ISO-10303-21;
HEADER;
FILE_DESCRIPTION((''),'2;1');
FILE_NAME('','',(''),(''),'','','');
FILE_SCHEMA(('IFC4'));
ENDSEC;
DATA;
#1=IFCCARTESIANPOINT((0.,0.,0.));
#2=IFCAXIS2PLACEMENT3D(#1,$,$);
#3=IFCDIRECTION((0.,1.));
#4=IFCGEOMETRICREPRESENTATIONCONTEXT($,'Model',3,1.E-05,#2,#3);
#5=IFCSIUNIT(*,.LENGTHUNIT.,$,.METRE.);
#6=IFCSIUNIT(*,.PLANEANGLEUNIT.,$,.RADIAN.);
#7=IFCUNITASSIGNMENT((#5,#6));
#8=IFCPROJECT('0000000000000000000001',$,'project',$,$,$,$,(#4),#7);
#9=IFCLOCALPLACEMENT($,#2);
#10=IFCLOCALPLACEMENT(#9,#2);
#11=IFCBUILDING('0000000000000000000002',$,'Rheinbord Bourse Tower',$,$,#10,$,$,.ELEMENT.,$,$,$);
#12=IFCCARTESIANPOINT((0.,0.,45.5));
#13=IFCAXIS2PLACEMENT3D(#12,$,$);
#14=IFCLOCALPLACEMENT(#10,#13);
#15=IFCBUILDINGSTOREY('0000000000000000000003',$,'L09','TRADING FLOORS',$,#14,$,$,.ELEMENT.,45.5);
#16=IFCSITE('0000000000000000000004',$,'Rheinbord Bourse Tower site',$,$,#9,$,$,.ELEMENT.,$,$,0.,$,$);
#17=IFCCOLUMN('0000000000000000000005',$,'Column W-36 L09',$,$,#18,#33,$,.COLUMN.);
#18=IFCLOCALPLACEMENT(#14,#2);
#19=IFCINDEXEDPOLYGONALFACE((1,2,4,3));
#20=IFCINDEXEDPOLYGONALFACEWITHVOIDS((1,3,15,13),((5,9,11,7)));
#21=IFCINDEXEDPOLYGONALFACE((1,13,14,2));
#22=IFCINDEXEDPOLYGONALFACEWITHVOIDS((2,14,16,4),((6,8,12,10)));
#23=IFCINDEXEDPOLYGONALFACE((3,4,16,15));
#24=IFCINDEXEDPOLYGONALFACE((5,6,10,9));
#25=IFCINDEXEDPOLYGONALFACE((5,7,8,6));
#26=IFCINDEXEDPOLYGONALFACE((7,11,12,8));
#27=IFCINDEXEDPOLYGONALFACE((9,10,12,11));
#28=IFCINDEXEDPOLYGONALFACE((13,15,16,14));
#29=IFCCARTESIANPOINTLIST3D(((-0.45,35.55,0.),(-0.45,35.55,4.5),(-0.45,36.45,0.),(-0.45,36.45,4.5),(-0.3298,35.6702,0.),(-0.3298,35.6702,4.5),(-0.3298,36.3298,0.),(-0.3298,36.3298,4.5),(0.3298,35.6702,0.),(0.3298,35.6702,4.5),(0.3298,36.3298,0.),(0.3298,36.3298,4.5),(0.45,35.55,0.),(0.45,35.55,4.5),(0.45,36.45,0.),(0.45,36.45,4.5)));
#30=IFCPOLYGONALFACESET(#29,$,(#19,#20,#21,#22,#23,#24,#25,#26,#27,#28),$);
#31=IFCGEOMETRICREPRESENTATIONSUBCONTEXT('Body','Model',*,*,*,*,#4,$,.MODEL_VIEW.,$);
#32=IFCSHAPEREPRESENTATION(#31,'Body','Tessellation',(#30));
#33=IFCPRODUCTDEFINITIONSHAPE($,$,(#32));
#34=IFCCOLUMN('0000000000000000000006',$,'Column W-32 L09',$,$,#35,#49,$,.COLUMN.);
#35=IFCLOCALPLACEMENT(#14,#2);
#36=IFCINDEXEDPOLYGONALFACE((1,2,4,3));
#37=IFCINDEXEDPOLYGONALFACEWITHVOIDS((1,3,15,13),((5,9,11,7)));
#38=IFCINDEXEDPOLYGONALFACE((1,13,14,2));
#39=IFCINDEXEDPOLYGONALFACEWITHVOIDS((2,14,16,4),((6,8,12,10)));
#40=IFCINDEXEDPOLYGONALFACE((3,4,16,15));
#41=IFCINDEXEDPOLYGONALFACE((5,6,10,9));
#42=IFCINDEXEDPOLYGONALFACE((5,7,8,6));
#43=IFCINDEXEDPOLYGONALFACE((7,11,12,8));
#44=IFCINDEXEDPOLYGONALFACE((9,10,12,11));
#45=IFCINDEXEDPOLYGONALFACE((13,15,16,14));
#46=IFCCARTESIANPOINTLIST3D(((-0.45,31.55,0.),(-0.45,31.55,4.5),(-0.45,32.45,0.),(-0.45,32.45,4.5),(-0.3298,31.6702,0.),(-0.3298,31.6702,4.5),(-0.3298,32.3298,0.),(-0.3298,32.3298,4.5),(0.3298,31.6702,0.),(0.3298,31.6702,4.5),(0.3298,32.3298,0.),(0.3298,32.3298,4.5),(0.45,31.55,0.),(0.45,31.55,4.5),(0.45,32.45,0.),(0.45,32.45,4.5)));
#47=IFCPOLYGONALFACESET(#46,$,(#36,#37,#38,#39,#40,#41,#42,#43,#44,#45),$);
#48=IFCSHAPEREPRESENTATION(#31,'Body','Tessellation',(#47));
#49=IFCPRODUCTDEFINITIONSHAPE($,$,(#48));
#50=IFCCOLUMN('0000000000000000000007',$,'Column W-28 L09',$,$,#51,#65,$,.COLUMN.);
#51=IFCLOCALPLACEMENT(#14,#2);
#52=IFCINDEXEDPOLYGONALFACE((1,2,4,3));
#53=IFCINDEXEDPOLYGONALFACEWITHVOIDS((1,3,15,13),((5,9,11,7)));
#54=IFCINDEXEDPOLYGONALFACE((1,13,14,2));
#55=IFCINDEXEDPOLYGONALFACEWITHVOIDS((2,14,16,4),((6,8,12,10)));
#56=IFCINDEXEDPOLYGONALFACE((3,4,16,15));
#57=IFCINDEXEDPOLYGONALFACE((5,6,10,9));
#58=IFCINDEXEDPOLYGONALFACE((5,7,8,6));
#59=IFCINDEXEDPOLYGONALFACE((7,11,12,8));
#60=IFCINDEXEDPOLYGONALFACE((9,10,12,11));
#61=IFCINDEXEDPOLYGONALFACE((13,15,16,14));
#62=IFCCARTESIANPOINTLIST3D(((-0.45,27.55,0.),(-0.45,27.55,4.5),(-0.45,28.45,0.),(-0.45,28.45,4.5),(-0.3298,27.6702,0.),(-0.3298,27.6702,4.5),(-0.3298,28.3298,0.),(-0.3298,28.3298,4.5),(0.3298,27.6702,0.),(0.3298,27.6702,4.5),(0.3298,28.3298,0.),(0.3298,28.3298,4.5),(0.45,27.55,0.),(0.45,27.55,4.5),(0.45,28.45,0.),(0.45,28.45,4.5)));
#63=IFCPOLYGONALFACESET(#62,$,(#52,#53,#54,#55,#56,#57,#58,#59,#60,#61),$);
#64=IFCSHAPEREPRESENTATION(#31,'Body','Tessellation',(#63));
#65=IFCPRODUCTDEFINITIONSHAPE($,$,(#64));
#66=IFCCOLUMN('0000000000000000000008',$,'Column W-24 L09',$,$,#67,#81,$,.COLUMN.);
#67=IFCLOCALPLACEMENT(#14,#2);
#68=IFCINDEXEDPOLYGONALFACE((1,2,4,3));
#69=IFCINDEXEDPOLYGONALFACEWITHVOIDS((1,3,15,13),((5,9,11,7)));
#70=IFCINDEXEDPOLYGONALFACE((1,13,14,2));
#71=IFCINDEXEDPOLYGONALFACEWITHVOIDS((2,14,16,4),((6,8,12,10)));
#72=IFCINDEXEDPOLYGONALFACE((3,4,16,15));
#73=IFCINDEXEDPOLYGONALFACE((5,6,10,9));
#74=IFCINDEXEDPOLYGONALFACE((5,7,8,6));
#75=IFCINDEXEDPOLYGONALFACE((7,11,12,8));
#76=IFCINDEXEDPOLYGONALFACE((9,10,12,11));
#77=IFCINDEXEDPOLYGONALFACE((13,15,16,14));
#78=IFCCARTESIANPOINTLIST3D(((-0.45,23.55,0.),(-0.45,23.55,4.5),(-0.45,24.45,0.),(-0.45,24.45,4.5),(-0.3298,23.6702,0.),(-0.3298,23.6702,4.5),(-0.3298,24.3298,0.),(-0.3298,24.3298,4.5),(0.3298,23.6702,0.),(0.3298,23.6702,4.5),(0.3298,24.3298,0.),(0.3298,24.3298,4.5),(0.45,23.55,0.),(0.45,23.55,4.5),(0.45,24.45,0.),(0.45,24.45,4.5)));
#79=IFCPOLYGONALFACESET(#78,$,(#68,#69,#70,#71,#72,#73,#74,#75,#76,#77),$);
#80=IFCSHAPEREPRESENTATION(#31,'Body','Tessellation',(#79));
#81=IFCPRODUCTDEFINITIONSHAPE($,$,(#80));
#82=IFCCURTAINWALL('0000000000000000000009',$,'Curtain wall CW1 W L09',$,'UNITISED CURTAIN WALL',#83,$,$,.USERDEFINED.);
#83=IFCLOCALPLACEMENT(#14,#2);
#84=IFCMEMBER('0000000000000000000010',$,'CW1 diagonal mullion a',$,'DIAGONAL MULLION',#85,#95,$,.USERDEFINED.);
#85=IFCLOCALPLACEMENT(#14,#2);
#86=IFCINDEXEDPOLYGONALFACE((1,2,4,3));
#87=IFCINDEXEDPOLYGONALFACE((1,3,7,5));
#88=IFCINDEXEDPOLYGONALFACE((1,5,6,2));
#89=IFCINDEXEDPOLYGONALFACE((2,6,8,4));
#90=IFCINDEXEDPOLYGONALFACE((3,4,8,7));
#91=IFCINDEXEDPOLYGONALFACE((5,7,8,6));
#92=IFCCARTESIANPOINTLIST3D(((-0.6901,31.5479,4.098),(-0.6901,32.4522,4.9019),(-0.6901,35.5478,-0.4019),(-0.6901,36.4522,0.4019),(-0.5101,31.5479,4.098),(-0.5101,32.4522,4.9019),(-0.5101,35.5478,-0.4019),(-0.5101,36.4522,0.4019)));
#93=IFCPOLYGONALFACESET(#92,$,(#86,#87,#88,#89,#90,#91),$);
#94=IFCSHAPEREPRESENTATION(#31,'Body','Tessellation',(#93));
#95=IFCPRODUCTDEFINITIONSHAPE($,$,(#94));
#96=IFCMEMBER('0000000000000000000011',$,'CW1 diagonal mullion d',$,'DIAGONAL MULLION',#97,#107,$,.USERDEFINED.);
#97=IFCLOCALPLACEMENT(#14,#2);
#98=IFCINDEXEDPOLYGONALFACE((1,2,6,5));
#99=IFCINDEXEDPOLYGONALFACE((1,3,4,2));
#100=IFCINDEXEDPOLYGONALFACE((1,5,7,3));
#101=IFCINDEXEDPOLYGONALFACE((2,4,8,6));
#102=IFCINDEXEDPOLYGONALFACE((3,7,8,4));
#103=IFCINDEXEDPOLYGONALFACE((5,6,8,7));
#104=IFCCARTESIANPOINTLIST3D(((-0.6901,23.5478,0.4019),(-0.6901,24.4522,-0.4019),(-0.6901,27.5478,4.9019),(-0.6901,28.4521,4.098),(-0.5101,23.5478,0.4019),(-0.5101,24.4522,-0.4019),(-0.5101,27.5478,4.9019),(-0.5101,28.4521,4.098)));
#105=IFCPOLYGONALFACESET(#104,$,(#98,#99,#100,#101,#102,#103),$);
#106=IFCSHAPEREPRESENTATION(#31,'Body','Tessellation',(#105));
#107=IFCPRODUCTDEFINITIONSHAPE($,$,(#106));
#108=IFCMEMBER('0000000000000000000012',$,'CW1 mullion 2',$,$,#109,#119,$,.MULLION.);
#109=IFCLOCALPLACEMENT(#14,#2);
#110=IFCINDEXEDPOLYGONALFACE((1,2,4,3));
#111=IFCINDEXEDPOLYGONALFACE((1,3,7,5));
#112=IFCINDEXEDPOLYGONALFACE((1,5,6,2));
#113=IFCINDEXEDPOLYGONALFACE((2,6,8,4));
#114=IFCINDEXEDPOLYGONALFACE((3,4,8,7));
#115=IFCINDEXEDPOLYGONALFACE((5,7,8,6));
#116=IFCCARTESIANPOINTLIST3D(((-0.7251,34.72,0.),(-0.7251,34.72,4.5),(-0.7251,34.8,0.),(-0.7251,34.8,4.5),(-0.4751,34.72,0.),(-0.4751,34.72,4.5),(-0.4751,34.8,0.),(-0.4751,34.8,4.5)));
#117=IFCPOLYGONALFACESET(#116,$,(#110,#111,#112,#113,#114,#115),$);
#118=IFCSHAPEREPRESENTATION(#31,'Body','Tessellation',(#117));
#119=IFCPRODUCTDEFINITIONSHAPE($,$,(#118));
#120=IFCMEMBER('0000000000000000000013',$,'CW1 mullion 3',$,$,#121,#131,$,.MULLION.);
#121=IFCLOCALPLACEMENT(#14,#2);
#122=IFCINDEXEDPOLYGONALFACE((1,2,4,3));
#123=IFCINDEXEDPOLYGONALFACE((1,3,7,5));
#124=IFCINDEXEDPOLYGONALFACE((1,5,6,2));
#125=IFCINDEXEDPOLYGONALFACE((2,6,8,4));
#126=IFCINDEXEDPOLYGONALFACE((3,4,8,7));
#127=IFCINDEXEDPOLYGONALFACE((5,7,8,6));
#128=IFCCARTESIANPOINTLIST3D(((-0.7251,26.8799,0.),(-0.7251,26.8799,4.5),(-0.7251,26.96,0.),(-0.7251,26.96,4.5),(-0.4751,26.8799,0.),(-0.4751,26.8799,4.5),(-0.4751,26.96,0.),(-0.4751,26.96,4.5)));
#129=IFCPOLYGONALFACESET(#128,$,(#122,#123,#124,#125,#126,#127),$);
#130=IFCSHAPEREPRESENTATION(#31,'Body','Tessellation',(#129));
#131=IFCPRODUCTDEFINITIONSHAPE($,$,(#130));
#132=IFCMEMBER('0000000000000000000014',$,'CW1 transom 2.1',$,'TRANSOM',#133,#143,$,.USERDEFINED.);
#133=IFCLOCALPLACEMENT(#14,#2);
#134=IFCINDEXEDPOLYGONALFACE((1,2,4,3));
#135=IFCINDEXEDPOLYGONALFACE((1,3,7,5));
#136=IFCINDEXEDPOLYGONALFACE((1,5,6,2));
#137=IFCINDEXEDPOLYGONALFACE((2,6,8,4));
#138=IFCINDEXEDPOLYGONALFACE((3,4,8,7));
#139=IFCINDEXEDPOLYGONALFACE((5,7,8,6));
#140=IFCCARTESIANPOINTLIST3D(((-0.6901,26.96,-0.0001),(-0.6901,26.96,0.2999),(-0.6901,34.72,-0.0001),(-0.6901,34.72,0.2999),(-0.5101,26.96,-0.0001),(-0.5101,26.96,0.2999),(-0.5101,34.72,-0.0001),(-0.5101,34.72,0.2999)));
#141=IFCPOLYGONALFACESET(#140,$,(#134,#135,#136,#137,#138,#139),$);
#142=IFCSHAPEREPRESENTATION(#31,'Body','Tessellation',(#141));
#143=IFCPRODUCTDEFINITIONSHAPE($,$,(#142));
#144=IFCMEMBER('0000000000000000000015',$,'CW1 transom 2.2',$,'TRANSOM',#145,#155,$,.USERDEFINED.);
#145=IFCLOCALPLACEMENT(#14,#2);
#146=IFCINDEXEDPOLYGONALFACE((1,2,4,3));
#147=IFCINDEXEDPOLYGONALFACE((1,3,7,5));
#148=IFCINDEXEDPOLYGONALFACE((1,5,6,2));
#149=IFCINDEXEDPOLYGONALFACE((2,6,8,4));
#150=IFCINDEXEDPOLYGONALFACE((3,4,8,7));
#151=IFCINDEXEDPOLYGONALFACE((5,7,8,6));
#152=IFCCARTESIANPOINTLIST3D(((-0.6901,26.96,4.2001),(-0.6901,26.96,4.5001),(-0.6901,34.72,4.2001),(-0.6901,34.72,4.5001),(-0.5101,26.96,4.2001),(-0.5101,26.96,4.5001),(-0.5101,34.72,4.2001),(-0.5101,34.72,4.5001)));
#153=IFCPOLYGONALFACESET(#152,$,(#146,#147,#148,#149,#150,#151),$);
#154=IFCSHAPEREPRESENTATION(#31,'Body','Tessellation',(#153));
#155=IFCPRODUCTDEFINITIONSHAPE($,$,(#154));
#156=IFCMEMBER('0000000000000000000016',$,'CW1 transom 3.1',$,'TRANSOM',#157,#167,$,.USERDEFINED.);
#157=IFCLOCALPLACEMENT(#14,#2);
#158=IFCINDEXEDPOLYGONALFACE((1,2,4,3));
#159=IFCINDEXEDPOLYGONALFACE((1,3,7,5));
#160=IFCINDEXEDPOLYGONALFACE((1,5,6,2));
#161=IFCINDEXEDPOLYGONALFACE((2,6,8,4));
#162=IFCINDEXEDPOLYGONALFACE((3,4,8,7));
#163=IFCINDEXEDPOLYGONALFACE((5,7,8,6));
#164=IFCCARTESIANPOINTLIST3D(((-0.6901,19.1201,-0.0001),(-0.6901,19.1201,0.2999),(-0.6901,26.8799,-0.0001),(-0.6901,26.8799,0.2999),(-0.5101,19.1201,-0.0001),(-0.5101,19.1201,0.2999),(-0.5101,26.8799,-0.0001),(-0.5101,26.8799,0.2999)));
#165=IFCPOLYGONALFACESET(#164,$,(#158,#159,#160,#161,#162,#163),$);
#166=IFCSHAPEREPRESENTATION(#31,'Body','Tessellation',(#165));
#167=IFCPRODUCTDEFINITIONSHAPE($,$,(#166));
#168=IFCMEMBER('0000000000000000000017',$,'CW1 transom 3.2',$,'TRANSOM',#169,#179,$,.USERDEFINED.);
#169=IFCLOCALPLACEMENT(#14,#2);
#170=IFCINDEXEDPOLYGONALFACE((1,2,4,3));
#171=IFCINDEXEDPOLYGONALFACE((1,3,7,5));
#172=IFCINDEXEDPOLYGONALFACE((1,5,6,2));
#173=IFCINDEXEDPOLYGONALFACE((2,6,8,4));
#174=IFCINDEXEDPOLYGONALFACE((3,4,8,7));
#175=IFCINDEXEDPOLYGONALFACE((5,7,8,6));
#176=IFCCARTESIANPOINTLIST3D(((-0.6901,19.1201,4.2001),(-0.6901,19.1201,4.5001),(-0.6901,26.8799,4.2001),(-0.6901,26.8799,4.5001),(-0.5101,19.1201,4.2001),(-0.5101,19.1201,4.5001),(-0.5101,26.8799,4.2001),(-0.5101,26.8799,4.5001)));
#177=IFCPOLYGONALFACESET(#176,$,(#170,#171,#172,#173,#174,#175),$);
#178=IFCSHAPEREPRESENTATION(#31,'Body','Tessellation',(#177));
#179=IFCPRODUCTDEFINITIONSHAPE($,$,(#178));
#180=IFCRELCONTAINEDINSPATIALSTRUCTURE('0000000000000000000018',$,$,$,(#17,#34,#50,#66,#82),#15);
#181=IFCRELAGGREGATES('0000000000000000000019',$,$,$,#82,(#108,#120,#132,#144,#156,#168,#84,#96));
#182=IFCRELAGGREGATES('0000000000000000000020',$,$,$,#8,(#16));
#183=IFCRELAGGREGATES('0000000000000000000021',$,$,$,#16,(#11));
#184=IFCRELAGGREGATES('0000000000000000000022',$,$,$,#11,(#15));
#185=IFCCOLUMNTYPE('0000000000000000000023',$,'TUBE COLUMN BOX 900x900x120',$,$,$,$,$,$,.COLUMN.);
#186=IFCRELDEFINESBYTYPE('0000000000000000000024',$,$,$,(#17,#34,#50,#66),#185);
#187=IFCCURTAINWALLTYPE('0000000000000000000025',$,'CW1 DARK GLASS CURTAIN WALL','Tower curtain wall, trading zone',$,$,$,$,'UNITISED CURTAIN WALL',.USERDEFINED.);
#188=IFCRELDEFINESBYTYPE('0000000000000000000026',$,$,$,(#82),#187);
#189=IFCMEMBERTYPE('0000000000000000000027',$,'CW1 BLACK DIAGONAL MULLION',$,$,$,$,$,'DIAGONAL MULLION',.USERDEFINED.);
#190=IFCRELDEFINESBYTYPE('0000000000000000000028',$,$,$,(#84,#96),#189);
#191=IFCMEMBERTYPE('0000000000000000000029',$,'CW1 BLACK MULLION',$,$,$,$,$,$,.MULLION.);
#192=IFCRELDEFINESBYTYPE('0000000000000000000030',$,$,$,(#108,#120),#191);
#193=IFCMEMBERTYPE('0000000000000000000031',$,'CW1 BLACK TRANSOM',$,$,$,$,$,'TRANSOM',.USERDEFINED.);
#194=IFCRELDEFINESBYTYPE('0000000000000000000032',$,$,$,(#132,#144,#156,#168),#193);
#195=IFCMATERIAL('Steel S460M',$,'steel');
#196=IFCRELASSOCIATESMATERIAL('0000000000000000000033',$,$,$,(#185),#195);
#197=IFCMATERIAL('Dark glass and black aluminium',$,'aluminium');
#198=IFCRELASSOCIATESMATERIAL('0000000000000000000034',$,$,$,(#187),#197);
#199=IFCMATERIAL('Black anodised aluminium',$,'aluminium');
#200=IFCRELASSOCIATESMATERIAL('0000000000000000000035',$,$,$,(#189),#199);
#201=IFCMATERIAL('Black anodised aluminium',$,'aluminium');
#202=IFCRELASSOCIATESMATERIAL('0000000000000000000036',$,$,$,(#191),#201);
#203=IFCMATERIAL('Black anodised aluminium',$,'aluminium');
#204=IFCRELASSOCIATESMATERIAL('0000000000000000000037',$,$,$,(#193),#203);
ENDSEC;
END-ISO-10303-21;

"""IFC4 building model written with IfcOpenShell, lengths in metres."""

from ifc_helpers import new_model, si_unit, direction, frame, origin, origin_2d, place, context, subcontext, project, spatial, rectangle, hollow_rectangle, extrude, material, material_profile, profile_set, type_object, element, aggregate, save


model = new_model("IFC4")

# Units and contexts
model_context = context("Model", 3, precision=1e-05, world=origin(), true_north=direction((0.0, 1.0)))
body_context = subcontext(model_context, "Body", "Model", "MODEL_VIEW")
ifc_project = project(units=[si_unit("LENGTHUNIT", "METRE"), si_unit("PLANEANGLEUNIT", "RADIAN")], contexts=[model_context])

# Site, building, storey
site_placement = place(None, origin())
site = spatial("IfcSite", under=ifc_project, at=site_placement, Name="Rheinbord Bourse Tower site", CompositionType="ELEMENT", RefElevation=0.0)
building_placement = place(site_placement, origin())
building = spatial("IfcBuilding", under=site, at=building_placement, Name="Rheinbord Bourse Tower", CompositionType="ELEMENT")
storey_placement = place(building_placement, frame((0.0, 0.0, 45.5)))
storey = spatial("IfcBuildingStorey", under=building, at=storey_placement, Name="L09", Description="TRADING FLOORS", CompositionType="ELEMENT", Elevation=45.5)

# Columns
ifc_material_1 = material(Name="Steel S460M", Category="steel")
ifc_material_profile_1 = material_profile(ifc_material_1, hollow_rectangle(XDim=0.8999, YDim=0.8999, WallThickness=0.1201, at=origin_2d()), Name="BOX 900x900x120")
ifc_profile_set_1 = profile_set([ifc_material_profile_1], Name="Steel S460M")
column_type = type_object("IfcColumnType", Name="TUBE COLUMN BOX 900x900x120", PredefinedType="COLUMN", material=ifc_profile_set_1)
for number, where, z_axis, x_axis, name in (
    (1, (0.0, 36.0, 0.0), (0.0, 0.0, 1.0), (1.0, 0.0, 0.0), "Column W-36 L09"),
    (2, (0.0, 32.0, 0.0), (0.0, 0.0, 1.0), (1.0, 0.0, 0.0), "Column W-32 L09"),
    (3, (0.0, 28.0, 0.0), (0.0, 0.0, 1.0), (1.0, 0.0, 0.0), "Column W-28 L09"),
    (4, (0.0, 24.0, 0.0), (0.0, 0.0, 1.0), (1.0, 0.0, 0.0), "Column W-24 L09"),
):
    element("IfcColumn", number, at=place(storey_placement, frame(where, z_axis=z_axis, x_axis=x_axis)), inside=storey, type_object=column_type, Name=name, PredefinedType="COLUMN", context=body_context, shape_type="SweptSolid", body=[
        extrude(hollow_rectangle(XDim=0.8999, YDim=0.8999, WallThickness=0.1201, at=origin_2d()), origin(), (0.0, 0.0, 1.0), 4.5),
    ])

# Curtain wall, members
ifc_material_2 = material(Name="Dark glass and black aluminium", Category="aluminium")
curtain_wall_type = type_object("IfcCurtainWallType", Name="CW1 DARK GLASS CURTAIN WALL", Description="Tower curtain wall, trading zone", ElementType="UNITISED CURTAIN WALL", PredefinedType="USERDEFINED", material=ifc_material_2)
curtain_wall_placement = place(storey_placement, origin())
curtain_wall = element("IfcCurtainWall", 5, at=curtain_wall_placement, inside=storey, type_object=curtain_wall_type, Name="Curtain wall CW1 W L09", ObjectType="UNITISED CURTAIN WALL", PredefinedType="USERDEFINED")
ifc_material_3 = material(Name="Black anodised aluminium", Category="aluminium")
ifc_material_profile_2 = material_profile(ifc_material_3, rectangle(XDim=0.1799, YDim=1.21, at=origin_2d()), Name="CW1 DIAGONAL MULLION 1210x180")
ifc_profile_set_2 = profile_set([ifc_material_profile_2], Name="Black anodised aluminium")
member_type_1 = type_object("IfcMemberType", Name="CW1 BLACK DIAGONAL MULLION", ElementType="DIAGONAL MULLION", PredefinedType="USERDEFINED", material=ifc_profile_set_2)
member_1_placement = place(storey_placement, frame((-0.6001, 36.0, 0.0), z_axis=(0.0, -0.664364, 0.747409), x_axis=(1.0, 0.0, 0.0)))
member_1 = element("IfcMember", 6, at=member_1_placement, type_object=member_type_1, Name="CW1 diagonal mullion a", ObjectType="DIAGONAL MULLION", PredefinedType="USERDEFINED", context=body_context, shape_type="SweptSolid", body=[
    extrude(rectangle(XDim=0.1799, YDim=1.21, at=origin_2d()), origin(), (0.0, 0.0, 1.0), 6.0208),
])
member_2_placement = place(storey_placement, frame((-0.6001, 24.0, 0.0), z_axis=(0.0, 0.664364, 0.747409), x_axis=(-1.0, 0.0, 0.0)))
member_2 = element("IfcMember", 7, at=member_2_placement, type_object=member_type_1, Name="CW1 diagonal mullion d", ObjectType="DIAGONAL MULLION", PredefinedType="USERDEFINED", context=body_context, shape_type="SweptSolid", body=[
    extrude(rectangle(XDim=0.1799, YDim=1.21, at=origin_2d()), origin(), (0.0, 0.0, 1.0), 6.0208),
])
ifc_material_4 = material(Name="Black anodised aluminium", Category="aluminium")
ifc_material_profile_3 = material_profile(ifc_material_4, rectangle(XDim=0.25, YDim=0.0801, at=origin_2d()), Name="CW1 MULLION 80x250")
ifc_profile_set_3 = profile_set([ifc_material_profile_3], Name="Black anodised aluminium")
member_type_2 = type_object("IfcMemberType", Name="CW1 BLACK MULLION", PredefinedType="MULLION", material=ifc_profile_set_3)
member_3_placement = place(storey_placement, frame((-0.6001, 34.76, 0.0), z_axis=(0.0, 0.0, 1.0), x_axis=(1.0, 0.0, 0.0)))
member_3 = element("IfcMember", 8, at=member_3_placement, type_object=member_type_2, Name="CW1 mullion 2", PredefinedType="MULLION", context=body_context, shape_type="SweptSolid", body=[
    extrude(rectangle(XDim=0.25, YDim=0.0801, at=origin_2d()), origin(), (0.0, 0.0, 1.0), 4.5),
])
member_4_placement = place(storey_placement, frame((-0.6001, 26.9199, 0.0), z_axis=(0.0, 0.0, 1.0), x_axis=(1.0, 0.0, 0.0)))
member_4 = element("IfcMember", 9, at=member_4_placement, type_object=member_type_2, Name="CW1 mullion 3", PredefinedType="MULLION", context=body_context, shape_type="SweptSolid", body=[
    extrude(rectangle(XDim=0.25, YDim=0.0801, at=origin_2d()), origin(), (0.0, 0.0, 1.0), 4.5),
])
ifc_material_5 = material(Name="Black anodised aluminium", Category="aluminium")
ifc_material_profile_4 = material_profile(ifc_material_5, rectangle(XDim=0.1799, YDim=0.3, at=origin_2d()), Name="CW1 TRANSOM 300x180")
ifc_profile_set_4 = profile_set([ifc_material_profile_4], Name="Black anodised aluminium")
member_type_3 = type_object("IfcMemberType", Name="CW1 BLACK TRANSOM", ElementType="TRANSOM", PredefinedType="USERDEFINED", material=ifc_profile_set_4)
member_5_placement = place(storey_placement, frame((-0.6001, 34.72, 0.1499), z_axis=(0.0, -1.0, 0.0), x_axis=(1.0, 0.0, 0.0)))
member_5 = element("IfcMember", 10, at=member_5_placement, type_object=member_type_3, Name="CW1 transom 2.1", ObjectType="TRANSOM", PredefinedType="USERDEFINED", context=body_context, shape_type="SweptSolid", body=[
    extrude(rectangle(XDim=0.1799, YDim=0.3, at=origin_2d()), origin(), (0.0, 0.0, 1.0), 7.76),
])
member_6_placement = place(storey_placement, frame((-0.6001, 34.72, 4.3501), z_axis=(0.0, -1.0, 0.0), x_axis=(1.0, 0.0, 0.0)))
member_6 = element("IfcMember", 11, at=member_6_placement, type_object=member_type_3, Name="CW1 transom 2.2", ObjectType="TRANSOM", PredefinedType="USERDEFINED", context=body_context, shape_type="SweptSolid", body=[
    extrude(rectangle(XDim=0.1799, YDim=0.3, at=origin_2d()), origin(), (0.0, 0.0, 1.0), 7.76),
])
member_7_placement = place(storey_placement, frame((-0.6001, 26.8799, 0.1499), z_axis=(0.0, -1.0, 0.0), x_axis=(1.0, 0.0, 0.0)))
member_7 = element("IfcMember", 12, at=member_7_placement, type_object=member_type_3, Name="CW1 transom 3.1", ObjectType="TRANSOM", PredefinedType="USERDEFINED", context=body_context, shape_type="SweptSolid", body=[
    extrude(rectangle(XDim=0.1799, YDim=0.3, at=origin_2d()), origin(), (0.0, 0.0, 1.0), 7.7598),
])
member_8_placement = place(storey_placement, frame((-0.6001, 26.8799, 4.3501), z_axis=(0.0, -1.0, 0.0), x_axis=(1.0, 0.0, 0.0)))
member_8 = element("IfcMember", 13, at=member_8_placement, type_object=member_type_3, Name="CW1 transom 3.2", ObjectType="TRANSOM", PredefinedType="USERDEFINED", context=body_context, shape_type="SweptSolid", body=[
    extrude(rectangle(XDim=0.1799, YDim=0.3, at=origin_2d()), origin(), (0.0, 0.0, 1.0), 7.7598),
])

aggregate(curtain_wall, [member_3, member_4, member_5, member_6, member_7, member_8, member_1, member_2])

save(model, "model.ifc")
